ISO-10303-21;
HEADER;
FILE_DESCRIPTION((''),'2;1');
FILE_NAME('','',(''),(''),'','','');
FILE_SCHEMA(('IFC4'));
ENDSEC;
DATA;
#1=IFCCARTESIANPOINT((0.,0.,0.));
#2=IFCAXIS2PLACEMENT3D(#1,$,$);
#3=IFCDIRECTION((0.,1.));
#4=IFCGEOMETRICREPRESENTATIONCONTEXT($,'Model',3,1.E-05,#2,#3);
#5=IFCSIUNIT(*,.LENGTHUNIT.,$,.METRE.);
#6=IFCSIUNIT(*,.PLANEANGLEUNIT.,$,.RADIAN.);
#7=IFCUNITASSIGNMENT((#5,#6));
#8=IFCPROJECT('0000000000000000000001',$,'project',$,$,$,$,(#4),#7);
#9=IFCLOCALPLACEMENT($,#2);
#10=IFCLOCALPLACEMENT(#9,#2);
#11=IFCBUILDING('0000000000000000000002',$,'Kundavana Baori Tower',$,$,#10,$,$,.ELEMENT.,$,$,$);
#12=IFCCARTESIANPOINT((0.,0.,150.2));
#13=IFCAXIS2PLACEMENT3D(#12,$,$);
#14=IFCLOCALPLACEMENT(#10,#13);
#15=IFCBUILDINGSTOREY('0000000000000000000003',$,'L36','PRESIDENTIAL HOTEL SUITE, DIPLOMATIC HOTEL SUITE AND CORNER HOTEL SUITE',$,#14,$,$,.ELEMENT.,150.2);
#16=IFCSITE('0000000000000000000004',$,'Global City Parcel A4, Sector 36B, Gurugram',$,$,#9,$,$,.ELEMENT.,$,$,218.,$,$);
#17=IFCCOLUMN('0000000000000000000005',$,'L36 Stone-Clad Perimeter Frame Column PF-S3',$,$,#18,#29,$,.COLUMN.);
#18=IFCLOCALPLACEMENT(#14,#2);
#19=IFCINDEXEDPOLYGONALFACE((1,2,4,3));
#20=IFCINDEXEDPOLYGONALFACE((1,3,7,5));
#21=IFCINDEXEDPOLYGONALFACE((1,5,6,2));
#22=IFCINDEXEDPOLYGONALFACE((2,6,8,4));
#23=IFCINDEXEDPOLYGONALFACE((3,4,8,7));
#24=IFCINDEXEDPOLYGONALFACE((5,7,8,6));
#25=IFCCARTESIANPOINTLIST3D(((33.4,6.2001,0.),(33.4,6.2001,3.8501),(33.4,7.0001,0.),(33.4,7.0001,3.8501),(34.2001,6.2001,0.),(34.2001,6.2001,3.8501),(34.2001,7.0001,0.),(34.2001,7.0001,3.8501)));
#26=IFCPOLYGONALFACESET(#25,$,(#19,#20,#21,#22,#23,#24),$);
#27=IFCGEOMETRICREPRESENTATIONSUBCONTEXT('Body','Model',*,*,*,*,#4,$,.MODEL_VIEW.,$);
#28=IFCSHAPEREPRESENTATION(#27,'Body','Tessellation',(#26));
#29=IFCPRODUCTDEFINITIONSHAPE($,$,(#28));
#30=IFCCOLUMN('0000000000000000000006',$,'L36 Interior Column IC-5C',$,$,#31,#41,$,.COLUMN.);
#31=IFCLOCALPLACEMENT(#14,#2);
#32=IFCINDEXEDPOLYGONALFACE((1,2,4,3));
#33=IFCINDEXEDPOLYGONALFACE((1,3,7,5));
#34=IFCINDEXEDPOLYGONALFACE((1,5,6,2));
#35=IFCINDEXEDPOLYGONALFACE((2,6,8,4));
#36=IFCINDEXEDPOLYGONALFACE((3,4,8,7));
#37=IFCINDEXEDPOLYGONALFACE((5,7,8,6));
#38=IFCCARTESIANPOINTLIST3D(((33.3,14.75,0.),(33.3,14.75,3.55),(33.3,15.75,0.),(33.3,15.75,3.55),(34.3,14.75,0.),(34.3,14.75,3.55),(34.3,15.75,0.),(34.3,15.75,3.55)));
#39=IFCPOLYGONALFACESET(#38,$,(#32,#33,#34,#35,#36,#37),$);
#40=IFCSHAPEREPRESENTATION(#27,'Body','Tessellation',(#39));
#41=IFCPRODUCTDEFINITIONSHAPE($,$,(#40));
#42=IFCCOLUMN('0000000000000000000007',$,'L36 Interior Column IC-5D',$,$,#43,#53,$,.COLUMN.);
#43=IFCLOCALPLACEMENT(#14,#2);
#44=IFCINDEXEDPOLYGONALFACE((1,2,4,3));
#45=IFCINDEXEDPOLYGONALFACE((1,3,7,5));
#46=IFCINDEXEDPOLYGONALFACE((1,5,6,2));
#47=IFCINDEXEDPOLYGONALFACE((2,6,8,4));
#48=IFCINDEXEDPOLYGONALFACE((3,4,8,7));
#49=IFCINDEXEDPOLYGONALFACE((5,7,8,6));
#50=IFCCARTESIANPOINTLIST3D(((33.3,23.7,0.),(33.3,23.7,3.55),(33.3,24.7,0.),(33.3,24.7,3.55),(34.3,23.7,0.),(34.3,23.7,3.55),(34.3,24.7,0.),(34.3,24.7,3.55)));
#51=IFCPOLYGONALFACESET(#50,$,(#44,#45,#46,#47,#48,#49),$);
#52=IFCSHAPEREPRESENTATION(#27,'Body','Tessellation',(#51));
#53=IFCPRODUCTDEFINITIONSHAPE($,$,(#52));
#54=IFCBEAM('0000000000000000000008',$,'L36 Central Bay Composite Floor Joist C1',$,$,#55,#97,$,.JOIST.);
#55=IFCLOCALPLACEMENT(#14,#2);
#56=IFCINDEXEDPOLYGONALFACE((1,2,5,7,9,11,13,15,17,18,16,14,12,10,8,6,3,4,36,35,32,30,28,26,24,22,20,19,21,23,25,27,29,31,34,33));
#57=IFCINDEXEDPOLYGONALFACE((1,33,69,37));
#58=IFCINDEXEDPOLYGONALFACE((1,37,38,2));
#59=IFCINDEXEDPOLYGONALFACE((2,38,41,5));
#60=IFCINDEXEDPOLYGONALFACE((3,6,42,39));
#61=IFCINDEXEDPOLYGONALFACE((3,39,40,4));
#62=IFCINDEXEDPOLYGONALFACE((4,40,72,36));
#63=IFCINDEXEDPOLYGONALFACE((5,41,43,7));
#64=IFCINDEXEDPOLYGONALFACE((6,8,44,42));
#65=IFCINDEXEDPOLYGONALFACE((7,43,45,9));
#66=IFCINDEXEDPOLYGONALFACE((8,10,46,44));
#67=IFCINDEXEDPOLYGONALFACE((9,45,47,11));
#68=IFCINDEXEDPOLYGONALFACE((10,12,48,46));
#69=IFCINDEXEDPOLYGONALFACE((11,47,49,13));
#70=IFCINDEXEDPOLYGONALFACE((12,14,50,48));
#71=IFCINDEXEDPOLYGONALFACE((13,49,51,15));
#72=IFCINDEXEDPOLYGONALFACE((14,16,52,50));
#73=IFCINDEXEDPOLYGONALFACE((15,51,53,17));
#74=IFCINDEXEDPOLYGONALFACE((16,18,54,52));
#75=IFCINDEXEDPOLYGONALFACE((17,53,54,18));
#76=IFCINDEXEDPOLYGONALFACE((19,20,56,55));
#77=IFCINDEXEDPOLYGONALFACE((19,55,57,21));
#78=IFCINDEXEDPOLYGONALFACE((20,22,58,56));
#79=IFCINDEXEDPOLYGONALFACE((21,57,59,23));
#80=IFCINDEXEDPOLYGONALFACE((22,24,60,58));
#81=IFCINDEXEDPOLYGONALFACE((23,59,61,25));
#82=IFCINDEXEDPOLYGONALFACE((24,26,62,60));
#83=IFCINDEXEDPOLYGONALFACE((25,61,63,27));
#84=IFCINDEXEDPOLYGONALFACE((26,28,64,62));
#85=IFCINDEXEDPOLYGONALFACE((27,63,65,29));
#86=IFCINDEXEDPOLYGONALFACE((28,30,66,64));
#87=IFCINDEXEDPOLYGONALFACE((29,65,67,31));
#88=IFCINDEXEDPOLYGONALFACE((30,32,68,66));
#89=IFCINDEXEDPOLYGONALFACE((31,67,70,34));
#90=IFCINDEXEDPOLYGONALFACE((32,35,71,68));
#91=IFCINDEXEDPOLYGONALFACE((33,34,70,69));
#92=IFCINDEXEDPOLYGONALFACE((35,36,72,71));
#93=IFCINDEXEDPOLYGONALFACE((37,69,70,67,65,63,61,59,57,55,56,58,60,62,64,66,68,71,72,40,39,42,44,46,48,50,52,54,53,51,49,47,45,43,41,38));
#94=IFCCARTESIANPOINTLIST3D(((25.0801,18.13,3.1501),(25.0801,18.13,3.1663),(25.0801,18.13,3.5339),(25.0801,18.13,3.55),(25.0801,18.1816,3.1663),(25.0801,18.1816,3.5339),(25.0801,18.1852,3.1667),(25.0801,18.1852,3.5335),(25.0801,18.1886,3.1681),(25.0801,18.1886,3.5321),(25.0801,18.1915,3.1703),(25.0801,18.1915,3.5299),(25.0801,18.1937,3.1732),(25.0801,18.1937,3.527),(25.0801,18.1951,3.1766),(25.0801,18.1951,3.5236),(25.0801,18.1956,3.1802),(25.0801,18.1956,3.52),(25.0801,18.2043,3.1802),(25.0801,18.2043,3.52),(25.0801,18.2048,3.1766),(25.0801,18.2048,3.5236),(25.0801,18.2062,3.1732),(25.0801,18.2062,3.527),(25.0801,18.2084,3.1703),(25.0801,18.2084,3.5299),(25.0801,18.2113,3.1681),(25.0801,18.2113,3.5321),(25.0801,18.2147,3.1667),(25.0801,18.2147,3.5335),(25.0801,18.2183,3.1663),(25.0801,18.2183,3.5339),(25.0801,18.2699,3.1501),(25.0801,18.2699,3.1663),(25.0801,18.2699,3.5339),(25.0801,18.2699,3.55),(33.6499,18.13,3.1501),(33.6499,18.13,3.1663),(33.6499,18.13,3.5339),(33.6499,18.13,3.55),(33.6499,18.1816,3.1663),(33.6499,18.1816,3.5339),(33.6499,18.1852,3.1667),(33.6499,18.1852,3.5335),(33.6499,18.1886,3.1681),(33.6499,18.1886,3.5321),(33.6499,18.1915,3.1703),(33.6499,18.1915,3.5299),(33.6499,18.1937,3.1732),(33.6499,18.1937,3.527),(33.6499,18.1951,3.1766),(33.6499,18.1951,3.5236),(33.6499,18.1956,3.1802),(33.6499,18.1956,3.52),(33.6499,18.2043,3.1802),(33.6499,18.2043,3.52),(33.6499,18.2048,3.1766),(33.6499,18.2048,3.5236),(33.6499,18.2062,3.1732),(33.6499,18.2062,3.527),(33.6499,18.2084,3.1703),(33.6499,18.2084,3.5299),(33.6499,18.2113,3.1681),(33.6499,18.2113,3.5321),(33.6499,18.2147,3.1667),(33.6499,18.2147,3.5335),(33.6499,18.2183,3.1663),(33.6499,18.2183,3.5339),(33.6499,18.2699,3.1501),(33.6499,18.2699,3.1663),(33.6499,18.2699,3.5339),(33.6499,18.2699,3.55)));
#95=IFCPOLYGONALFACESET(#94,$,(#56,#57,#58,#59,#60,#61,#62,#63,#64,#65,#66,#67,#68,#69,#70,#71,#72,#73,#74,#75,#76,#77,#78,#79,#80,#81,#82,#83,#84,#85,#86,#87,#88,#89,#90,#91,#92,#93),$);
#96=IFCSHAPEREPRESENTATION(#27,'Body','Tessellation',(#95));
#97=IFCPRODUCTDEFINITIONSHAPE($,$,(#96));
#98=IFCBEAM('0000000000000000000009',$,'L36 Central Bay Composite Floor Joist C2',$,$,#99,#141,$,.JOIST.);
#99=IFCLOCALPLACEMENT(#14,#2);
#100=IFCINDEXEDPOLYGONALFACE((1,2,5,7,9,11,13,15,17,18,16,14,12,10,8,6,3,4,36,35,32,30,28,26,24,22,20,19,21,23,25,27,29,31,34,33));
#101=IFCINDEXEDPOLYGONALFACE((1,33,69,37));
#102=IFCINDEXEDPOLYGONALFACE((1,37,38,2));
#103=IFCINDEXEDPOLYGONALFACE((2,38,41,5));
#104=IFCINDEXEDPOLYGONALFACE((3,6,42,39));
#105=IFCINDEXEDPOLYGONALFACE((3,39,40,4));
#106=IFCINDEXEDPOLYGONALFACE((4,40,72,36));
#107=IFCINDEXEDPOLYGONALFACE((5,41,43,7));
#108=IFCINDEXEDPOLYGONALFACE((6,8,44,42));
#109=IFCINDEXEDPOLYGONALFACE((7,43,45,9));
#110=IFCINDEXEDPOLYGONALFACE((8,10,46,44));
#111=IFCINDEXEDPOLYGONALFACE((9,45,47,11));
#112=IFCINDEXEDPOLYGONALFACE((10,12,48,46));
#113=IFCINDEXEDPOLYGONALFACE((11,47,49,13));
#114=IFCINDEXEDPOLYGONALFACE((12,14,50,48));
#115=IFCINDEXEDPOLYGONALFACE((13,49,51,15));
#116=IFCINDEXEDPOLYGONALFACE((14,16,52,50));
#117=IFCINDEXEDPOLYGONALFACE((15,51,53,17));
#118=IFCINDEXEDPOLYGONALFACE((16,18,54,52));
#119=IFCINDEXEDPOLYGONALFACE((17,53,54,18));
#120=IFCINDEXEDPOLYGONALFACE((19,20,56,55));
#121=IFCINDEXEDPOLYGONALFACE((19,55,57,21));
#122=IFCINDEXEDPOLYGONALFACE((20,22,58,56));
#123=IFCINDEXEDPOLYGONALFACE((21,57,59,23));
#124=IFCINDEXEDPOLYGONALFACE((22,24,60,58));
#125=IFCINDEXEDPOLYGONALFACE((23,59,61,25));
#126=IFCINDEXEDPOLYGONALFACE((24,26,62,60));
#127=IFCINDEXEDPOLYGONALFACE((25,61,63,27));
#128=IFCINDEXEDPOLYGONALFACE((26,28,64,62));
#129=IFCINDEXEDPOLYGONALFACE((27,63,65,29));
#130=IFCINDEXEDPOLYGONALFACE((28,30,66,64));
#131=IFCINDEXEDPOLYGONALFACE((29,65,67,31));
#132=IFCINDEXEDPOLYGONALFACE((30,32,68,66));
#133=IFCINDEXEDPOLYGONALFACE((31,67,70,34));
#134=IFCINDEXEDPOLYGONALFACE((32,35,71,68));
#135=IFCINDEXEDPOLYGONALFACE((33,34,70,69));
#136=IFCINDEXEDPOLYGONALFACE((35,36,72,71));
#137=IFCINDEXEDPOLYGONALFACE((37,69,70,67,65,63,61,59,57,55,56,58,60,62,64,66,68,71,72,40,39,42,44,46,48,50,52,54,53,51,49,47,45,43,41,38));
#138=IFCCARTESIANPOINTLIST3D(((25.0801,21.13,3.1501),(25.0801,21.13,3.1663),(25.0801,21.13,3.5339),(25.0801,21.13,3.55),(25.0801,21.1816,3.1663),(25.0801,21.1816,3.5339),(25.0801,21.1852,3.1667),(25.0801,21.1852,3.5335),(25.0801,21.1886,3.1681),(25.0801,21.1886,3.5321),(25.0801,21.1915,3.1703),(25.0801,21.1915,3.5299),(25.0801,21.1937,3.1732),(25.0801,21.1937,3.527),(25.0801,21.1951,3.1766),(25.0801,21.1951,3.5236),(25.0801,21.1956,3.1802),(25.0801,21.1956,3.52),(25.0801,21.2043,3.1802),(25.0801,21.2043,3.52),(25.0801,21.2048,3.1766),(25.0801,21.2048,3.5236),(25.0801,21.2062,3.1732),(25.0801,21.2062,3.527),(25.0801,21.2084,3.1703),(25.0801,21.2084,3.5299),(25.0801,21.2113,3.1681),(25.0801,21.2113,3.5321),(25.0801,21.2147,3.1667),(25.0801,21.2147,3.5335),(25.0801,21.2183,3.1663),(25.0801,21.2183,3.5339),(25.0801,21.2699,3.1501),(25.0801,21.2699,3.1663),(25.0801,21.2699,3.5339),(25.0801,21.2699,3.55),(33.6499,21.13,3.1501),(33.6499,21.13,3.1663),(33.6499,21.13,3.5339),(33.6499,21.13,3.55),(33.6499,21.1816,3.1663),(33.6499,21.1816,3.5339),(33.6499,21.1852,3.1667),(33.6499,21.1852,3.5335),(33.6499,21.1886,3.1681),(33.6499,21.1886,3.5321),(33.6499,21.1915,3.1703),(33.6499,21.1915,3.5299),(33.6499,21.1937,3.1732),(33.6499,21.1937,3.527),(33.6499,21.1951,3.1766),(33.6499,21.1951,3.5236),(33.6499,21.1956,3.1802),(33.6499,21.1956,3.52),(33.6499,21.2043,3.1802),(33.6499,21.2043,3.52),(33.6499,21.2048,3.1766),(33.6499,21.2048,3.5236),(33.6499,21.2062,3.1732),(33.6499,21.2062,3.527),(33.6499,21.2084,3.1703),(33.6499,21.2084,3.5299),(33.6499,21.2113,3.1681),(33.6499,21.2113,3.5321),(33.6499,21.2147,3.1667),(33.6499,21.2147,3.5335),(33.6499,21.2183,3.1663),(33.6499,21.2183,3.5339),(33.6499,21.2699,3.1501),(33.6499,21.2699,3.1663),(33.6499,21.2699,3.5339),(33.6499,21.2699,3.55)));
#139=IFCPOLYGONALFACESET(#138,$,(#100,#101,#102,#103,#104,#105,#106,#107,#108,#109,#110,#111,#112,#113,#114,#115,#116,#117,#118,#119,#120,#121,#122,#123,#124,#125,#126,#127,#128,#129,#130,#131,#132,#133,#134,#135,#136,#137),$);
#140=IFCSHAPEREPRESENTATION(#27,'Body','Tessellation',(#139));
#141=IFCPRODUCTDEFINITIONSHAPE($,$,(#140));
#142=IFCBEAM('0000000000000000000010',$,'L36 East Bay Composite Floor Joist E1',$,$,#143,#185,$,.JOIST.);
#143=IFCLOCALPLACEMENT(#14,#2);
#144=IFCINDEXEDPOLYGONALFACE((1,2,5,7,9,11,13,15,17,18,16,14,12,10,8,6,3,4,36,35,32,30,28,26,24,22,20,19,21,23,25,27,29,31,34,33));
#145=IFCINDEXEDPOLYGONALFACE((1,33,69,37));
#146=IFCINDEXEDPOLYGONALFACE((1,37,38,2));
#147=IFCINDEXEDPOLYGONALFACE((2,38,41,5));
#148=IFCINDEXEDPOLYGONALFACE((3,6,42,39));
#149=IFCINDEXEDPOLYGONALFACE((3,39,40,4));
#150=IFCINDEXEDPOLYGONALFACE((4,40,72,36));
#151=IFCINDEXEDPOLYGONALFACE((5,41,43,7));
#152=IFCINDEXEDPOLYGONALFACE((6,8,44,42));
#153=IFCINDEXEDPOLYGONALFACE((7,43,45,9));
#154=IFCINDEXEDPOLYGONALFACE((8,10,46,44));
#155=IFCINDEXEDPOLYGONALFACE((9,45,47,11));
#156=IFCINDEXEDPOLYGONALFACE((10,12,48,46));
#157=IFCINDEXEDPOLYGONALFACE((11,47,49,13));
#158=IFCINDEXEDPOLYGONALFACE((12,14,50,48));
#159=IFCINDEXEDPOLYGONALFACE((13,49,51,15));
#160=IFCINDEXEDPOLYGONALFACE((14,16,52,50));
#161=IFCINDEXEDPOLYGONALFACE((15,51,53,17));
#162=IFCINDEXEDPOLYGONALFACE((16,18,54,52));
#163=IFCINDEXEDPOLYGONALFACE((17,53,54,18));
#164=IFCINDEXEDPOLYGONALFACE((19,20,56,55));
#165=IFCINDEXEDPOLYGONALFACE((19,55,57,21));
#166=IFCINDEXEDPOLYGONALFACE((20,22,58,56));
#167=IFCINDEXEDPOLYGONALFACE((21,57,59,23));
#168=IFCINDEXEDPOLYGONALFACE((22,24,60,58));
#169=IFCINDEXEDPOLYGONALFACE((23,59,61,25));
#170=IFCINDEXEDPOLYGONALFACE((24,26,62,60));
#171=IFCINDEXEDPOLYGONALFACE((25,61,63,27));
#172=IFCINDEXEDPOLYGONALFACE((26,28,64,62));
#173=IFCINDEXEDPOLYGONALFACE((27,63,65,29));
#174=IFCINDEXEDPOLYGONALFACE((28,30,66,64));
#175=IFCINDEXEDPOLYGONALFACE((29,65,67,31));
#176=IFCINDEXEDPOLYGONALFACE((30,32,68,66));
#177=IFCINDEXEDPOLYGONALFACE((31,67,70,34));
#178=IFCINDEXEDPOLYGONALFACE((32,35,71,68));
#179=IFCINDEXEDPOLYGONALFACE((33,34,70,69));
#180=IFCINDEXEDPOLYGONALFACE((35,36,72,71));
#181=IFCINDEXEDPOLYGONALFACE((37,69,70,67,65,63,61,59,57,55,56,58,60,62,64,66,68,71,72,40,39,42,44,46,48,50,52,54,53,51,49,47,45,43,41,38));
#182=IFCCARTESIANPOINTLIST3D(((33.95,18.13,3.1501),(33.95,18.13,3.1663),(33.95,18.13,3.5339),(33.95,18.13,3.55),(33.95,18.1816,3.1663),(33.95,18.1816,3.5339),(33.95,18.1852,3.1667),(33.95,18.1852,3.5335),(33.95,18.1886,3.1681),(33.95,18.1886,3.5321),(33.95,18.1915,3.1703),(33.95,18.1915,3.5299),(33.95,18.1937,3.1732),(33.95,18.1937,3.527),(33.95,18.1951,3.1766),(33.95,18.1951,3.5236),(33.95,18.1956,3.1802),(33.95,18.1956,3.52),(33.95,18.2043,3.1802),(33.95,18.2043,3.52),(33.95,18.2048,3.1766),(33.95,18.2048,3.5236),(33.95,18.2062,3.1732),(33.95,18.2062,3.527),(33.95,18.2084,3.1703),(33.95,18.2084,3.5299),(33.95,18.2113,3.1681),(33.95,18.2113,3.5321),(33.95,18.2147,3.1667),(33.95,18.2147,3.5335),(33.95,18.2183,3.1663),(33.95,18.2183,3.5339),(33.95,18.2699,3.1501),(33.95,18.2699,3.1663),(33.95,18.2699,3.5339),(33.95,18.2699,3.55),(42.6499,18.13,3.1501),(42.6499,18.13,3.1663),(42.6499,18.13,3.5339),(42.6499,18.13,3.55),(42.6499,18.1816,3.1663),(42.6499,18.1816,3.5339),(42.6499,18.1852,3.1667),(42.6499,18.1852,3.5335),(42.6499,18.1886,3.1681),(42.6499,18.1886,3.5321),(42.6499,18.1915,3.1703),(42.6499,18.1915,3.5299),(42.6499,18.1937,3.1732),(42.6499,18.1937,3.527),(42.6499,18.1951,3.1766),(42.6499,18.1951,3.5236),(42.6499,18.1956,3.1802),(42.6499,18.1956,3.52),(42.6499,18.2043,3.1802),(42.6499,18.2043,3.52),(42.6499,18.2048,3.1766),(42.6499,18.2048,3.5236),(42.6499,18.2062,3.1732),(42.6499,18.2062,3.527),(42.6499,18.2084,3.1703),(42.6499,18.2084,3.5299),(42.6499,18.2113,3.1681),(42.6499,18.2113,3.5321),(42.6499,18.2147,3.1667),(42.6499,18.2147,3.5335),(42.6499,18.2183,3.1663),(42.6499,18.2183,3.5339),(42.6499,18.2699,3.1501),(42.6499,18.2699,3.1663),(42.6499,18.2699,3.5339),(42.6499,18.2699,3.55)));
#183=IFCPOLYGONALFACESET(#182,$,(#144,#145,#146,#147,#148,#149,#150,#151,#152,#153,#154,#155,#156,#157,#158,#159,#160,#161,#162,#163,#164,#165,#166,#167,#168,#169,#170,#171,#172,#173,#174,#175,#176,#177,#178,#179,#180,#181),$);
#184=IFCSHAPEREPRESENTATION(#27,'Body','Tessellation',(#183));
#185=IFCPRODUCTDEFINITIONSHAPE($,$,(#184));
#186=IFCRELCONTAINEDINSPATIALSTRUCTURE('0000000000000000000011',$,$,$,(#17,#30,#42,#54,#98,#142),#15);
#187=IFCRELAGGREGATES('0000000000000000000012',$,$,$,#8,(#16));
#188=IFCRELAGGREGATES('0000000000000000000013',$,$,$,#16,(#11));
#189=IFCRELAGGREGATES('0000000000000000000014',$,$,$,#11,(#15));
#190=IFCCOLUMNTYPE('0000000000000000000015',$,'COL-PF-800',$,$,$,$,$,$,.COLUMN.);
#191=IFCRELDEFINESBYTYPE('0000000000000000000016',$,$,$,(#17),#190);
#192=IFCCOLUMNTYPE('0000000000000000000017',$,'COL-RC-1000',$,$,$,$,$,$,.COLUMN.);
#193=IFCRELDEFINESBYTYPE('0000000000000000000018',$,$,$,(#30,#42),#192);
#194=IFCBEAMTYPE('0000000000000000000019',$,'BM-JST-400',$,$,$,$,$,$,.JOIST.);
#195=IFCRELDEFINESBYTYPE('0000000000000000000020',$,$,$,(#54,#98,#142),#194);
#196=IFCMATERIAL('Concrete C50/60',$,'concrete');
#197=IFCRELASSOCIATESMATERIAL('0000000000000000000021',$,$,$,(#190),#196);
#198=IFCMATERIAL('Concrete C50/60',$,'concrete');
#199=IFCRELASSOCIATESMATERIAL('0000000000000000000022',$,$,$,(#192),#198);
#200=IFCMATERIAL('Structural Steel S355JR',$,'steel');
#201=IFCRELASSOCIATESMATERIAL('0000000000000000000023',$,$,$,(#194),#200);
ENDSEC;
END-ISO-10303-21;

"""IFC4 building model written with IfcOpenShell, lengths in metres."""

from ifc_helpers import new_model, si_unit, direction, frame, origin, origin_2d, place, context, subcontext, project, spatial, rectangle, i_section, extrude, material, material_profile, profile_set, type_object, element, save


model = new_model("IFC4")

# Units and contexts
model_context = context("Model", 3, precision=1e-05, world=origin(), true_north=direction((0.0, 1.0)))
body_context = subcontext(model_context, "Body", "Model", "MODEL_VIEW")
ifc_project = project(units=[si_unit("LENGTHUNIT", "METRE"), si_unit("PLANEANGLEUNIT", "RADIAN")], contexts=[model_context])

# Site, building, storey
site_placement = place(None, origin())
site = spatial("IfcSite", under=ifc_project, at=site_placement, Name="Global City Parcel A4, Sector 36B, Gurugram", CompositionType="ELEMENT", RefElevation=218.0)
building_placement = place(site_placement, origin())
building = spatial("IfcBuilding", under=site, at=building_placement, Name="Kundavana Baori Tower", CompositionType="ELEMENT")
storey_placement = place(building_placement, frame((0.0, 0.0, 150.2)))
storey = spatial("IfcBuildingStorey", under=building, at=storey_placement, Name="L36", Description="PRESIDENTIAL HOTEL SUITE, DIPLOMATIC HOTEL SUITE AND CORNER HOTEL SUITE", CompositionType="ELEMENT", Elevation=150.2)

# Columns
ifc_material_1 = material(Name="Concrete C50/60", Category="concrete")
ifc_material_profile_1 = material_profile(ifc_material_1, rectangle(XDim=0.8, YDim=0.8, at=origin_2d()), Name="RC PF 800x800")
ifc_profile_set_1 = profile_set([ifc_material_profile_1], Name="Concrete C50/60")
column_type_1 = type_object("IfcColumnType", Name="COL-PF-800", PredefinedType="COLUMN", material=ifc_profile_set_1)
column_placement = place(storey_placement, frame((33.8, 6.6001, 0.0), z_axis=(0.0, 0.0, 1.0), x_axis=(1.0, 0.0, 0.0)))
element("IfcColumn", 1, at=column_placement, inside=storey, type_object=column_type_1, Name="L36 Stone-Clad Perimeter Frame Column PF-S3", PredefinedType="COLUMN", context=body_context, shape_type="SweptSolid", body=[
    extrude(rectangle(XDim=0.8, YDim=0.8, at=origin_2d()), origin(), (0.0, 0.0, 1.0), 3.8501),
])
ifc_material_2 = material(Name="Concrete C50/60", Category="concrete")
ifc_material_profile_2 = material_profile(ifc_material_2, rectangle(XDim=1.0, YDim=1.0, at=origin_2d()), Name="RC 1000x1000")
ifc_profile_set_2 = profile_set([ifc_material_profile_2], Name="Concrete C50/60")
column_type_2 = type_object("IfcColumnType", Name="COL-RC-1000", PredefinedType="COLUMN", material=ifc_profile_set_2)
for number, where, z_axis, x_axis, name in (
    (2, (33.8, 15.25, 0.0), (0.0, 0.0, 1.0), (1.0, 0.0, 0.0), "L36 Interior Column IC-5C"),
    (3, (33.8, 24.2, 0.0), (0.0, 0.0, 1.0), (1.0, 0.0, 0.0), "L36 Interior Column IC-5D"),
):
    element("IfcColumn", number, at=place(storey_placement, frame(where, z_axis=z_axis, x_axis=x_axis)), inside=storey, type_object=column_type_2, Name=name, PredefinedType="COLUMN", context=body_context, shape_type="SweptSolid", body=[
        extrude(rectangle(XDim=1.0, YDim=1.0, at=origin_2d()), origin(), (0.0, 0.0, 1.0), 3.55),
    ])

# Beams
ifc_material_3 = material(Name="Structural Steel S355JR", Category="steel")
ifc_material_profile_3 = material_profile(ifc_material_3, i_section(OverallWidth=0.1399, OverallDepth=0.3999, WebThickness=0.0088, FlangeThickness=0.0161, FilletRadius=0.0139, at=origin_2d()), Name="ISMB 400")
ifc_profile_set_3 = profile_set([ifc_material_profile_3], Name="Structural Steel S355JR")
beam_type_1 = type_object("IfcBeamType", Name="BM-JST-400", PredefinedType="JOIST", material=ifc_profile_set_3)
for number, where, z_axis, x_axis, name in (
    (4, (25.0801, 18.2, 3.3501), (1.0, 0.0, 0.0), (0.0, 1.0, 0.0), "L36 Central Bay Composite Floor Joist C1"),
    (5, (25.0801, 21.2, 3.3501), (1.0, 0.0, 0.0), (0.0, 1.0, 0.0), "L36 Central Bay Composite Floor Joist C2"),
):
    element("IfcBeam", number, at=place(storey_placement, frame(where, z_axis=z_axis, x_axis=x_axis)), inside=storey, type_object=beam_type_1, Name=name, PredefinedType="JOIST", context=body_context, shape_type="SweptSolid", body=[
        extrude(i_section(OverallWidth=0.1399, OverallDepth=0.3999, WebThickness=0.0088, FlangeThickness=0.0161, FilletRadius=0.0139, at=origin_2d()), origin(), (0.0, 0.0, 1.0), 8.5698),
    ])
for number, where, z_axis, x_axis, name in (
    (6, (33.95, 18.2, 3.3501), (1.0, 0.0, 0.0), (0.0, 1.0, 0.0), "L36 East Bay Composite Floor Joist E1"),
):
    element("IfcBeam", number, at=place(storey_placement, frame(where, z_axis=z_axis, x_axis=x_axis)), inside=storey, type_object=beam_type_1, Name=name, PredefinedType="JOIST", context=body_context, shape_type="SweptSolid", body=[
        extrude(i_section(OverallWidth=0.1399, OverallDepth=0.3999, WebThickness=0.0088, FlangeThickness=0.0161, FilletRadius=0.0139, at=origin_2d()), origin(), (0.0, 0.0, 1.0), 8.7),
    ])

save(model, "model.ifc")
